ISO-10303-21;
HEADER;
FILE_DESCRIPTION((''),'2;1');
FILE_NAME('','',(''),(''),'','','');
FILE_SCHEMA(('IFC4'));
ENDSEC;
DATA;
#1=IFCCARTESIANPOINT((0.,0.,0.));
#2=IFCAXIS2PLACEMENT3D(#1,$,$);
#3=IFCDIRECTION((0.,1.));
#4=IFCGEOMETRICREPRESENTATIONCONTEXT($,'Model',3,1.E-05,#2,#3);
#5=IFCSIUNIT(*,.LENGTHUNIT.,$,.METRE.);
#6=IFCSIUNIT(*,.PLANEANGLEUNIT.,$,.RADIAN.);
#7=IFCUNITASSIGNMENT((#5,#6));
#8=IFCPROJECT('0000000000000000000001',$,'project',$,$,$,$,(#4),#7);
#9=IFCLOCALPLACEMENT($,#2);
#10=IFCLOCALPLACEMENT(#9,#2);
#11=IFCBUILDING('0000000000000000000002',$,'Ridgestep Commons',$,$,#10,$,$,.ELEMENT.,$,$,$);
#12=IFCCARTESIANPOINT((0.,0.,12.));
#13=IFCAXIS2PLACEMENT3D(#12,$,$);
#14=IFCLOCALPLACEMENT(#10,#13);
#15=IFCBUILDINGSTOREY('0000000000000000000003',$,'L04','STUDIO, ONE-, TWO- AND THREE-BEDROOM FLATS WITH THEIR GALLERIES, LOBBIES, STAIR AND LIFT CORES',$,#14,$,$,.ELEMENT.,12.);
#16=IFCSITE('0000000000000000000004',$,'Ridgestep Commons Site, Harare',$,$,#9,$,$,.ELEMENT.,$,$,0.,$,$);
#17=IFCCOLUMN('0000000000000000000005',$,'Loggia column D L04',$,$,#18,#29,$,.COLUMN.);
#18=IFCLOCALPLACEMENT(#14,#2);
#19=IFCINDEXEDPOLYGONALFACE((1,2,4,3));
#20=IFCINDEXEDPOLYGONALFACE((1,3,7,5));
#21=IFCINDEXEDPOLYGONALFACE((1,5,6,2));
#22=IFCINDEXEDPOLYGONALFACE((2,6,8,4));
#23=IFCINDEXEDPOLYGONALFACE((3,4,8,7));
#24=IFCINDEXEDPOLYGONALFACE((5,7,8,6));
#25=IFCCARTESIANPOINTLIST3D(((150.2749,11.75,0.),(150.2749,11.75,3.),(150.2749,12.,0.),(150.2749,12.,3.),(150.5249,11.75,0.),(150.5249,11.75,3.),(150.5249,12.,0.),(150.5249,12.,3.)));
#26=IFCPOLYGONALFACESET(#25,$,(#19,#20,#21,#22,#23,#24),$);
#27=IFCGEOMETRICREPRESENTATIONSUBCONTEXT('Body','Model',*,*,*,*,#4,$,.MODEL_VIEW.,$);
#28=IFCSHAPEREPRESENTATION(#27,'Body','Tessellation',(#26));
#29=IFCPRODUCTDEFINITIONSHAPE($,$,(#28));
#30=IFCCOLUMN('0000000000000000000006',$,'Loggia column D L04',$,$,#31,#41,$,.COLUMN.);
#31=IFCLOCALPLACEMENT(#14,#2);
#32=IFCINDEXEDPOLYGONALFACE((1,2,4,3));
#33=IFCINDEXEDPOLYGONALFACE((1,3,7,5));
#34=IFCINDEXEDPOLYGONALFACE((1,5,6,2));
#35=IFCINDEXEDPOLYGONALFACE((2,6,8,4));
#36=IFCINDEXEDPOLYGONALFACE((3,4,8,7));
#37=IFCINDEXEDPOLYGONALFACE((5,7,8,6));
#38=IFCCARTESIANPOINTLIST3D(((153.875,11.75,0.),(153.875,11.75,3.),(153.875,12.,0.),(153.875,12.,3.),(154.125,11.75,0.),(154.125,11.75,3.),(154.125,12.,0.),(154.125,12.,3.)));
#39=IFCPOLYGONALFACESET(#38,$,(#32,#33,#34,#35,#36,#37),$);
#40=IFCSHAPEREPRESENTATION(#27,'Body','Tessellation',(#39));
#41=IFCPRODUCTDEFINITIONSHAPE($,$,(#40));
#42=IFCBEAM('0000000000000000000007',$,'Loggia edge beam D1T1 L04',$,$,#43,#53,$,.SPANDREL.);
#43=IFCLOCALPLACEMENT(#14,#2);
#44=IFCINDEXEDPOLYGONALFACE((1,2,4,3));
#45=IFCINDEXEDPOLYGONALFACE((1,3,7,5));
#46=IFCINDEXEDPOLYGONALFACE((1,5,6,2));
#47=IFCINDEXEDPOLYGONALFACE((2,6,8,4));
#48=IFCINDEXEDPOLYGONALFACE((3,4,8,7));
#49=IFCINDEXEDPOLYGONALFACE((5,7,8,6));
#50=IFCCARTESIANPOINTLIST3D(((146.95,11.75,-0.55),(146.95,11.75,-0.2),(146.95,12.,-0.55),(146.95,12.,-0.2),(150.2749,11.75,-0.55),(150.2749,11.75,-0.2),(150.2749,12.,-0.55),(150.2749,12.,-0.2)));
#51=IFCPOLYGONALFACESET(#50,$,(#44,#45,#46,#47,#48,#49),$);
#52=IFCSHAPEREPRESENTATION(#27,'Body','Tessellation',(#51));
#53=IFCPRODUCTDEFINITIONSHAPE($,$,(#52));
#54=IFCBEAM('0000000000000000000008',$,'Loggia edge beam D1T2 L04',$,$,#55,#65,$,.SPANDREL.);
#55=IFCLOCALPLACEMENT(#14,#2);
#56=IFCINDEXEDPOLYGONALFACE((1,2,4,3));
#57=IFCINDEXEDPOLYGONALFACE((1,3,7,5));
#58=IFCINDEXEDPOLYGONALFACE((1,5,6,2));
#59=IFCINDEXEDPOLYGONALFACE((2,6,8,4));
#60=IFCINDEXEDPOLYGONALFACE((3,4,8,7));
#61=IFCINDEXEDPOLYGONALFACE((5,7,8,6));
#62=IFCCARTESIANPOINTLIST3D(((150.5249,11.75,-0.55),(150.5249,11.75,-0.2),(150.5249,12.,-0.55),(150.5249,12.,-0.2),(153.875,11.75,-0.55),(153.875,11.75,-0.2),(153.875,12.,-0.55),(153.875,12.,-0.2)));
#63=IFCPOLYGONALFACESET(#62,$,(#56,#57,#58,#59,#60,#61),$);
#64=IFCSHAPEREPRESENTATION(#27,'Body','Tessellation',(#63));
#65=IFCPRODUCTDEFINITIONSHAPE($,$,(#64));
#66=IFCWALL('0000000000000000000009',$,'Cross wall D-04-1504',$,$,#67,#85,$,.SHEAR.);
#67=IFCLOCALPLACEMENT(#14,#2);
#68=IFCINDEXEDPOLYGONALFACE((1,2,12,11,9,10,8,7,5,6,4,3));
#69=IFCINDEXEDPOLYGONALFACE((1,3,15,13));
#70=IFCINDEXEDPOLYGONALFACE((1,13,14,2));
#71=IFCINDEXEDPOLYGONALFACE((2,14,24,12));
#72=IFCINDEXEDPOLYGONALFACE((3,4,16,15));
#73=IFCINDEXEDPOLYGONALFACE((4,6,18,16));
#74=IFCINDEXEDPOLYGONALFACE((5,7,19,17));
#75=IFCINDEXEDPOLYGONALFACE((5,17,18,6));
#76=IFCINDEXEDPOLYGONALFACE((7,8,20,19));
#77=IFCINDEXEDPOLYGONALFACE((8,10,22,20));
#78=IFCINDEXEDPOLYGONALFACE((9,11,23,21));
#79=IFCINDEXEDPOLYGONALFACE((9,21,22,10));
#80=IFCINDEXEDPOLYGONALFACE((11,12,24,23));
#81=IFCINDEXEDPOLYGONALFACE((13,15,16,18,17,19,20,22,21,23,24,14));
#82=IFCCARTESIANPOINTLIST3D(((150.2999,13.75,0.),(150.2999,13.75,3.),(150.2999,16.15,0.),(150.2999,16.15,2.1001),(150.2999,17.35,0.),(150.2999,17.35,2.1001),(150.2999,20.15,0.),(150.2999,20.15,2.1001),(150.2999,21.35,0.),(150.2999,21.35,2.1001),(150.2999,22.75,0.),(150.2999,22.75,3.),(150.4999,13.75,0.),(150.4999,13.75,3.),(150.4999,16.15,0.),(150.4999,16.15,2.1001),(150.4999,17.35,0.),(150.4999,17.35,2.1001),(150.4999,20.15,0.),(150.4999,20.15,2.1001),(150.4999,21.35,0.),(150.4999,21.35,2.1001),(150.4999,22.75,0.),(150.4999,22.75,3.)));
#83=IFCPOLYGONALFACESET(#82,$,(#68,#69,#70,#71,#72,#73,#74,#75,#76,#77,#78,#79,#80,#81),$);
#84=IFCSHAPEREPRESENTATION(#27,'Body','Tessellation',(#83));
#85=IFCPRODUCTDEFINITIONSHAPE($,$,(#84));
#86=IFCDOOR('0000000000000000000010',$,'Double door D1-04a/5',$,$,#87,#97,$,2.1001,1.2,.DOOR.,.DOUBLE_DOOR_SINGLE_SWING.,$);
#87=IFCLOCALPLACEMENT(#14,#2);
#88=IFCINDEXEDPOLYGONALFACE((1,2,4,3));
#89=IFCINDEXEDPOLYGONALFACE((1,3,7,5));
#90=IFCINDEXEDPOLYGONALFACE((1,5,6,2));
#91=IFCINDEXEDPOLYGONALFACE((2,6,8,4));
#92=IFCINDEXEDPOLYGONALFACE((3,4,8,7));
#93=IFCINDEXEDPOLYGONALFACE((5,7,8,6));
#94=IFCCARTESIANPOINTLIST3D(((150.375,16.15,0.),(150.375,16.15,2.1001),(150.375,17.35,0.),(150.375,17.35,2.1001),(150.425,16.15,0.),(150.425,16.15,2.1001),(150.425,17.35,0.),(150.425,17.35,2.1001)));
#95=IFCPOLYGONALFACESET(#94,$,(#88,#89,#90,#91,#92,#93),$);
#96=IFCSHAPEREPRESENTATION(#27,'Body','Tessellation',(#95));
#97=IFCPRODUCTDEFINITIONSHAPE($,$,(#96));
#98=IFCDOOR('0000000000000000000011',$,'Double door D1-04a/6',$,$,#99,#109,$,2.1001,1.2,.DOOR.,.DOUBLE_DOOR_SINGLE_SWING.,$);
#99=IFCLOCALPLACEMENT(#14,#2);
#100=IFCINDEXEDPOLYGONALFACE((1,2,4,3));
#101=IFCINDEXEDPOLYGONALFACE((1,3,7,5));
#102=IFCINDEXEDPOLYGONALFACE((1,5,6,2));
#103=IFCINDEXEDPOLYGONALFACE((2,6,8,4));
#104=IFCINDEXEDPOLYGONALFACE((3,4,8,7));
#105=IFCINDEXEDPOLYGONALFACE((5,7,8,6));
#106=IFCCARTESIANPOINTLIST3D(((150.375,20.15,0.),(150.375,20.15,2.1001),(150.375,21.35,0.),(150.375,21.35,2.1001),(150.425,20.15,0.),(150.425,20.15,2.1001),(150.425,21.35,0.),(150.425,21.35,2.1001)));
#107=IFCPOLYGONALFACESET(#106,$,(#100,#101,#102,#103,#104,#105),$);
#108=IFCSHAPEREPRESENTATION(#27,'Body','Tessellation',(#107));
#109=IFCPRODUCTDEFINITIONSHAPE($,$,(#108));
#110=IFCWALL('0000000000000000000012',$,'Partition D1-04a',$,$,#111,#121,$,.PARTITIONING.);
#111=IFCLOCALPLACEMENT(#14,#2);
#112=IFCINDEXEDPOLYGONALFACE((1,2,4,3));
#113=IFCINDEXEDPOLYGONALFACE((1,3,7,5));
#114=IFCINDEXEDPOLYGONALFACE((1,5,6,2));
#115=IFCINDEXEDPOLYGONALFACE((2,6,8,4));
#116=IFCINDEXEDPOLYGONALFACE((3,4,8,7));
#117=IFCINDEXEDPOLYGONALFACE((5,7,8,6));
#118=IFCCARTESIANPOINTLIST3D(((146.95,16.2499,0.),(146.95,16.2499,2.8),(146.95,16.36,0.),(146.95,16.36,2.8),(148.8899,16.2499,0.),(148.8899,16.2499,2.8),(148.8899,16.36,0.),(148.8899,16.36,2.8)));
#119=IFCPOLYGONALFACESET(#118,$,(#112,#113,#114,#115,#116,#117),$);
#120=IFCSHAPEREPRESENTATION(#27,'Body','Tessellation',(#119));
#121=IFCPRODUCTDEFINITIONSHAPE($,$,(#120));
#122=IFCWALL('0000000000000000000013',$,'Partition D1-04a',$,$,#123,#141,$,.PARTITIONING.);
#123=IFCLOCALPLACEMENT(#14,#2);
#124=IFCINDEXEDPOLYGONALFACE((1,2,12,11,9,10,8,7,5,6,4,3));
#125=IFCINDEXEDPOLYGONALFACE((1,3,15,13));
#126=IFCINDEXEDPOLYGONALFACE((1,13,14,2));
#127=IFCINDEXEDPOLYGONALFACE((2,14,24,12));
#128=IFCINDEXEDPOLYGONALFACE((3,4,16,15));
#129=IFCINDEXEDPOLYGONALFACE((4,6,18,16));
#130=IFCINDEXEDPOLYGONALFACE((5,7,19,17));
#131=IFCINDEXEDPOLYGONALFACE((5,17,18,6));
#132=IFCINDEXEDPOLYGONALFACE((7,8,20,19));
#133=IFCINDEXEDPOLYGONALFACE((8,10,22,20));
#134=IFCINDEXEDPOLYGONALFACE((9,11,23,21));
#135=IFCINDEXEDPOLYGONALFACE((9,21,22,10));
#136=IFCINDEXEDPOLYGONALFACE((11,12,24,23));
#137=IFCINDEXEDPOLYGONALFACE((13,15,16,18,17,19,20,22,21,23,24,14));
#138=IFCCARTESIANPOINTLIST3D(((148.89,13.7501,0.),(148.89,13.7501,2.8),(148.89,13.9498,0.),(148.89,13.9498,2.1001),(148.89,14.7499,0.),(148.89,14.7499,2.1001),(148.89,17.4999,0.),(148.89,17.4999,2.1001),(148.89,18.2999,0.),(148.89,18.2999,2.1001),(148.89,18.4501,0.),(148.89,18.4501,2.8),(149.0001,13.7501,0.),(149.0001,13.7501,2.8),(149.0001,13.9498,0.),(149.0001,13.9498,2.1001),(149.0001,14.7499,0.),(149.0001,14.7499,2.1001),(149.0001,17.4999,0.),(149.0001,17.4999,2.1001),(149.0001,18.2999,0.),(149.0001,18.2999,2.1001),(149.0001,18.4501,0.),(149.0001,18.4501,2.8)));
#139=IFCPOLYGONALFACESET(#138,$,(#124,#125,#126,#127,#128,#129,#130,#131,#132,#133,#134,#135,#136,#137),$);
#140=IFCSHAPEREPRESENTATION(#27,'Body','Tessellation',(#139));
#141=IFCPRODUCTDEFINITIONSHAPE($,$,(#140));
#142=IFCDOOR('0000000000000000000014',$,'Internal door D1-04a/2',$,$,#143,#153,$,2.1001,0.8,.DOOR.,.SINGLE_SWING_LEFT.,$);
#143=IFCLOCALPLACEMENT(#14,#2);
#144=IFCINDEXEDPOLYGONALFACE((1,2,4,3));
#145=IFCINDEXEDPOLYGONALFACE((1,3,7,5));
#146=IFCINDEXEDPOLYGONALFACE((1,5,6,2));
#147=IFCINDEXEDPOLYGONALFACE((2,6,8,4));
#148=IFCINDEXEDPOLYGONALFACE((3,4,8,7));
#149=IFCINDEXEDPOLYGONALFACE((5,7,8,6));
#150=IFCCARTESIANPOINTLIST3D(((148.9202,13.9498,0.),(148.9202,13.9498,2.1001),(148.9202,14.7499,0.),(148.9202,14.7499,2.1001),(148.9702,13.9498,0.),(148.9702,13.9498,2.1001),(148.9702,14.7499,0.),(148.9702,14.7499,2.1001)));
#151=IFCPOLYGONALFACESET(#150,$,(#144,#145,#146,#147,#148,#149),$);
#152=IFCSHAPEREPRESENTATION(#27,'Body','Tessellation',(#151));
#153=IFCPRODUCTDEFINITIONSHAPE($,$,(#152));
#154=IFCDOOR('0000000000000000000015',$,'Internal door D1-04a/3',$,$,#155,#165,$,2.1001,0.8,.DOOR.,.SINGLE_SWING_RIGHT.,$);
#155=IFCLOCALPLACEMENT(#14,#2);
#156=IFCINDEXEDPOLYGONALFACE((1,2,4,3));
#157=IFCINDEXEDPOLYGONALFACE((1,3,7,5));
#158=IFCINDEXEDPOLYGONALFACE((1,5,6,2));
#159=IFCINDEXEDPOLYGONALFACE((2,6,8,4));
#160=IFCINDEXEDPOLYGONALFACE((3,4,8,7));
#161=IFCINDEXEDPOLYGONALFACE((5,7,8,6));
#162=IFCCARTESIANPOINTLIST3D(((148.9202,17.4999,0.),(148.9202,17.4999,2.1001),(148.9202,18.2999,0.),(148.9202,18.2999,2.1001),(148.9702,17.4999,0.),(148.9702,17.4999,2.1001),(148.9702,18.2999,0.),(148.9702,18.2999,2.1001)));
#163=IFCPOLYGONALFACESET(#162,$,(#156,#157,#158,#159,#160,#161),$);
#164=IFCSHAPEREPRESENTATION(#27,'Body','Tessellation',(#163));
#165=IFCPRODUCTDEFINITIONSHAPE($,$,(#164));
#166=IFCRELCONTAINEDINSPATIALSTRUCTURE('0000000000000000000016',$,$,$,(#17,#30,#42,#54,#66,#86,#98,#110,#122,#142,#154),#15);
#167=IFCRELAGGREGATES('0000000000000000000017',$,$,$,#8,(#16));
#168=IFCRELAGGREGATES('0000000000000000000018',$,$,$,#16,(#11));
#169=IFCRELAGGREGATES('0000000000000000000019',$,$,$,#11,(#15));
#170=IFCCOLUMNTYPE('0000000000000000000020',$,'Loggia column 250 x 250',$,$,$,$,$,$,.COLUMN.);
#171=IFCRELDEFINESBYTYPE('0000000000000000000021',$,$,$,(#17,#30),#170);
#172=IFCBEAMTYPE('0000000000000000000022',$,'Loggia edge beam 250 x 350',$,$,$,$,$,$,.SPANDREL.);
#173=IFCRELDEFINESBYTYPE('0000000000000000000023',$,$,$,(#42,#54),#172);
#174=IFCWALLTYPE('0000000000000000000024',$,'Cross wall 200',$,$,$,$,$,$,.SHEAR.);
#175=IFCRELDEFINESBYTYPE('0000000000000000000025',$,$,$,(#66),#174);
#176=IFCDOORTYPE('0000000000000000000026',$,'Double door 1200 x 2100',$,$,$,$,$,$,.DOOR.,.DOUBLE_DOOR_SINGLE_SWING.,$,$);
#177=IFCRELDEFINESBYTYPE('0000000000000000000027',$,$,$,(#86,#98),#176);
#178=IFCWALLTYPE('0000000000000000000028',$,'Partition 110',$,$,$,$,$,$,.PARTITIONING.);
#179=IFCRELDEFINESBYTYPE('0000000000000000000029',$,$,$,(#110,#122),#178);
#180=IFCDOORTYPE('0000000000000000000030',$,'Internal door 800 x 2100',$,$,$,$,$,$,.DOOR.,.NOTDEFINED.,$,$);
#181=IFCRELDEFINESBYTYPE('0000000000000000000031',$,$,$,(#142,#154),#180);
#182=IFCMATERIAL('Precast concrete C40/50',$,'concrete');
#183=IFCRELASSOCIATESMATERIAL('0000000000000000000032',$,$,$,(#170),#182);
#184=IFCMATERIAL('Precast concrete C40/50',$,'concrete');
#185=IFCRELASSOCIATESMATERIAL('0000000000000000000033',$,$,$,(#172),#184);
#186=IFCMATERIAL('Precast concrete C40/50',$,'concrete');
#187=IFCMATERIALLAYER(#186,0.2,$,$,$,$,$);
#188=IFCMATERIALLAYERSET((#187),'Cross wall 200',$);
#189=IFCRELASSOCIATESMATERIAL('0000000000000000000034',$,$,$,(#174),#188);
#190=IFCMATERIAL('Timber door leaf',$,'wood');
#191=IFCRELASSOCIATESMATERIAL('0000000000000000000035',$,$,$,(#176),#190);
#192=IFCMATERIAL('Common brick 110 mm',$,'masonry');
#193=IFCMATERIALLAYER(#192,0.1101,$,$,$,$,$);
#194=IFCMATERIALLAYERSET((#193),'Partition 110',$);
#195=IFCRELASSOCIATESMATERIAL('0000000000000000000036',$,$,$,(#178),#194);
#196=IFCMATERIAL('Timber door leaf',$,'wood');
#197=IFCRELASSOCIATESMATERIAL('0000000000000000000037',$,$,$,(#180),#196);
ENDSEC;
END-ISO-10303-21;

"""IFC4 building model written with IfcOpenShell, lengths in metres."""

from ifc_helpers import new_model, si_unit, direction, frame, frame_2d, origin, origin_2d, place, context, subcontext, project, spatial, rectangle, extrude, material, layer, layer_set, material_profile, profile_set, type_object, element, fill, save


model = new_model("IFC4")

# Units and contexts
model_context = context("Model", 3, precision=1e-05, world=origin(), true_north=direction((0.0, 1.0)))
body_context = subcontext(model_context, "Body", "Model", "MODEL_VIEW")
ifc_project = project(units=[si_unit("LENGTHUNIT", "METRE"), si_unit("PLANEANGLEUNIT", "RADIAN")], contexts=[model_context])

# Site, building, storey
site_placement = place(None, origin())
site = spatial("IfcSite", under=ifc_project, at=site_placement, Name="Ridgestep Commons Site, Harare", CompositionType="ELEMENT", RefElevation=0.0)
building_placement = place(site_placement, origin())
building = spatial("IfcBuilding", under=site, at=building_placement, Name="Ridgestep Commons", CompositionType="ELEMENT")
storey_placement = place(building_placement, frame((0.0, 0.0, 12.0)))
storey = spatial("IfcBuildingStorey", under=building, at=storey_placement, Name="L04", Description="STUDIO, ONE-, TWO- AND THREE-BEDROOM FLATS WITH THEIR GALLERIES, LOBBIES, STAIR AND LIFT CORES", CompositionType="ELEMENT", Elevation=12.0)

# Columns
ifc_material_1 = material(Name="Precast concrete C40/50", Category="concrete")
ifc_material_profile_1 = material_profile(ifc_material_1, rectangle(XDim=0.25, YDim=0.25, at=origin_2d()), Name="PC 250x250")
ifc_profile_set_1 = profile_set([ifc_material_profile_1], Name="Precast concrete C40/50")
column_type = type_object("IfcColumnType", Name="Loggia column 250 x 250", PredefinedType="COLUMN", material=ifc_profile_set_1)
for number, where, z_axis, x_axis, name in (
    (1, (150.3999, 11.875, 0.0), (0.0, 0.0, 1.0), (1.0, 0.0, 0.0), "Loggia column D L04"),
    (2, (154.0, 11.875, 0.0), (0.0, 0.0, 1.0), (1.0, 0.0, 0.0), "Loggia column D L04"),
):
    element("IfcColumn", number, at=place(storey_placement, frame(where, z_axis=z_axis, x_axis=x_axis)), inside=storey, type_object=column_type, Name=name, PredefinedType="COLUMN", context=body_context, shape_type="SweptSolid", body=[
        extrude(rectangle(XDim=0.25, YDim=0.25, at=origin_2d()), origin(), (0.0, 0.0, 1.0), 3.0),
    ])

# Beams
ifc_material_2 = material(Name="Precast concrete C40/50", Category="concrete")
ifc_material_profile_2 = material_profile(ifc_material_2, rectangle(XDim=0.25, YDim=0.3501, at=origin_2d()), Name="PC 250x350")
ifc_profile_set_2 = profile_set([ifc_material_profile_2], Name="Precast concrete C40/50")
beam_type = type_object("IfcBeamType", Name="Loggia edge beam 250 x 350", PredefinedType="SPANDREL", material=ifc_profile_set_2)
beam_1_placement = place(storey_placement, frame((146.95, 11.875, -0.375), z_axis=(1.0, 0.0, 0.0), x_axis=(0.0, 1.0, 0.0)))
element("IfcBeam", 3, at=beam_1_placement, inside=storey, type_object=beam_type, Name="Loggia edge beam D1T1 L04", PredefinedType="SPANDREL", context=body_context, shape_type="SweptSolid", body=[
    extrude(rectangle(XDim=0.25, YDim=0.3501, at=origin_2d()), origin(), (0.0, 0.0, 1.0), 3.325),
])
beam_2_placement = place(storey_placement, frame((150.5249, 11.875, -0.375), z_axis=(1.0, 0.0, 0.0), x_axis=(0.0, 1.0, 0.0)))
element("IfcBeam", 4, at=beam_2_placement, inside=storey, type_object=beam_type, Name="Loggia edge beam D1T2 L04", PredefinedType="SPANDREL", context=body_context, shape_type="SweptSolid", body=[
    extrude(rectangle(XDim=0.25, YDim=0.3501, at=origin_2d()), origin(), (0.0, 0.0, 1.0), 3.3501),
])

# Wall, openings, doors
ifc_material_3 = material(Name="Precast concrete C40/50", Category="concrete")
ifc_layer_1 = layer(ifc_material_3, 0.2)
ifc_layer_set_1 = layer_set([ifc_layer_1], Name="Cross wall 200")
wall_type_1 = type_object("IfcWallType", Name="Cross wall 200", PredefinedType="SHEAR", material=ifc_layer_set_1)
wall_1_placement = place(storey_placement, frame((150.3999, 13.75, 0.0), z_axis=(0.0, 0.0, 1.0), x_axis=(0.0, 1.0, 0.0)))
wall_1 = element("IfcWall", 5, at=wall_1_placement, inside=storey, type_object=wall_type_1, Name="Cross wall D-04-1504", PredefinedType="SHEAR", context=body_context, shape_type="SweptSolid", body=[
    extrude(rectangle(XDim=9.0, YDim=0.2, at=frame_2d((4.5, 0.0))), origin(), (0.0, 0.0, 1.0), 3.0),
])
opening_1_placement = place(wall_1_placement, frame((2.3999, 0.0, 0.0)))
opening_1 = element("IfcOpeningElement", 6, at=opening_1_placement, cuts=wall_1, PredefinedType="OPENING", context=body_context, shape_type="SweptSolid", body=[
    extrude(rectangle(XDim=1.2, YDim=2.1001, at=frame_2d((0.6001, 1.05))), frame((0.0, 0.1099, 0.0), z_axis=(0.0, -1.0, 0.0), x_axis=(1.0, 0.0, 0.0)), (0.0, 0.0, 1.0), 0.22),
])
opening_2_placement = place(wall_1_placement, frame((6.3999, 0.0, 0.0)))
opening_2 = element("IfcOpeningElement", 7, at=opening_2_placement, cuts=wall_1, PredefinedType="OPENING", context=body_context, shape_type="SweptSolid", body=[
    extrude(rectangle(XDim=1.2, YDim=2.1001, at=frame_2d((0.6001, 1.05))), frame((0.0, 0.1099, 0.0), z_axis=(0.0, -1.0, 0.0), x_axis=(1.0, 0.0, 0.0)), (0.0, 0.0, 1.0), 0.22),
])
ifc_material_4 = material(Name="Timber door leaf", Category="wood")
door_type_1 = type_object("IfcDoorType", Name="Double door 1200 x 2100", OperationType="DOUBLE_DOOR_SINGLE_SWING", PredefinedType="DOOR", material=ifc_material_4)
door_1_placement = place(opening_1_placement, origin())
door_1 = element("IfcDoor", 8, at=door_1_placement, inside=storey, type_object=door_type_1, Name="Double door D1-04a/5", OperationType="DOUBLE_DOOR_SINGLE_SWING", OverallHeight=2.1001, OverallWidth=1.2, PredefinedType="DOOR", context=body_context, shape_type="SweptSolid", body=[
    extrude(rectangle(XDim=1.2, YDim=2.1001, at=frame_2d((0.6001, 1.05))), frame((0.0, 0.0249, 0.0), z_axis=(0.0, -1.0, 0.0), x_axis=(1.0, 0.0, 0.0)), (0.0, 0.0, 1.0), 0.05),
])
fill(opening_1, door_1)
door_2_placement = place(opening_2_placement, origin())
door_2 = element("IfcDoor", 9, at=door_2_placement, inside=storey, type_object=door_type_1, Name="Double door D1-04a/6", OperationType="DOUBLE_DOOR_SINGLE_SWING", OverallHeight=2.1001, OverallWidth=1.2, PredefinedType="DOOR", context=body_context, shape_type="SweptSolid", body=[
    extrude(rectangle(XDim=1.2, YDim=2.1001, at=frame_2d((0.6001, 1.05))), frame((0.0, 0.0249, 0.0), z_axis=(0.0, -1.0, 0.0), x_axis=(1.0, 0.0, 0.0)), (0.0, 0.0, 1.0), 0.05),
])
fill(opening_2, door_2)

# Wall
ifc_material_5 = material(Name="Common brick 110 mm", Category="masonry")
ifc_layer_2 = layer(ifc_material_5, 0.1101)
ifc_layer_set_2 = layer_set([ifc_layer_2], Name="Partition 110")
wall_type_2 = type_object("IfcWallType", Name="Partition 110", PredefinedType="PARTITIONING", material=ifc_layer_set_2)
wall_2_placement = place(storey_placement, frame((146.95, 16.3049, 0.0), z_axis=(0.0, 0.0, 1.0), x_axis=(1.0, 0.0, 0.0)))
element("IfcWall", 10, at=wall_2_placement, inside=storey, type_object=wall_type_2, Name="Partition D1-04a", PredefinedType="PARTITIONING", context=body_context, shape_type="SweptSolid", body=[
    extrude(rectangle(XDim=1.9399, YDim=0.1101, at=frame_2d((0.97, 0.0))), origin(), (0.0, 0.0, 1.0), 2.8),
])

# Wall, openings, doors
wall_3_placement = place(storey_placement, frame((148.9451, 13.75, 0.0), z_axis=(0.0, 0.0, 1.0), x_axis=(0.0, 1.0, 0.0)))
wall_3 = element("IfcWall", 11, at=wall_3_placement, inside=storey, type_object=wall_type_2, Name="Partition D1-04a", PredefinedType="PARTITIONING", context=body_context, shape_type="SweptSolid", body=[
    extrude(rectangle(XDim=4.7, YDim=0.1101, at=frame_2d((2.3501, 0.0))), origin(), (0.0, 0.0, 1.0), 2.8),
])
opening_3_placement = place(wall_3_placement, frame((0.2, 0.0, 0.0)))
opening_3 = element("IfcOpeningElement", 12, at=opening_3_placement, cuts=wall_3, PredefinedType="OPENING", context=body_context, shape_type="SweptSolid", body=[
    extrude(rectangle(XDim=0.8, YDim=2.1001, at=frame_2d((0.3999, 1.05))), frame((0.0, 0.0649, 0.0), z_axis=(0.0, -1.0, 0.0), x_axis=(1.0, 0.0, 0.0)), (0.0, 0.0, 1.0), 0.1301),
])
opening_4_placement = place(wall_3_placement, frame((3.75, 0.0, 0.0)))
opening_4 = element("IfcOpeningElement", 13, at=opening_4_placement, cuts=wall_3, PredefinedType="OPENING", context=body_context, shape_type="SweptSolid", body=[
    extrude(rectangle(XDim=0.8, YDim=2.1001, at=frame_2d((0.3999, 1.05))), frame((0.0, 0.0649, 0.0), z_axis=(0.0, -1.0, 0.0), x_axis=(1.0, 0.0, 0.0)), (0.0, 0.0, 1.0), 0.1301),
])
ifc_material_6 = material(Name="Timber door leaf", Category="wood")
door_type_2 = type_object("IfcDoorType", Name="Internal door 800 x 2100", OperationType="NOTDEFINED", PredefinedType="DOOR", material=ifc_material_6)
door_3_placement = place(opening_3_placement, origin())
door_3 = element("IfcDoor", 14, at=door_3_placement, inside=storey, type_object=door_type_2, Name="Internal door D1-04a/2", OperationType="SINGLE_SWING_LEFT", OverallHeight=2.1001, OverallWidth=0.8, PredefinedType="DOOR", context=body_context, shape_type="SweptSolid", body=[
    extrude(rectangle(XDim=0.8, YDim=2.1001, at=frame_2d((0.3999, 1.05))), frame((0.0, 0.0249, 0.0), z_axis=(0.0, -1.0, 0.0), x_axis=(1.0, 0.0, 0.0)), (0.0, 0.0, 1.0), 0.05),
])
fill(opening_3, door_3)
door_4_placement = place(opening_4_placement, origin())
door_4 = element("IfcDoor", 15, at=door_4_placement, inside=storey, type_object=door_type_2, Name="Internal door D1-04a/3", OperationType="SINGLE_SWING_RIGHT", OverallHeight=2.1001, OverallWidth=0.8, PredefinedType="DOOR", context=body_context, shape_type="SweptSolid", body=[
    extrude(rectangle(XDim=0.8, YDim=2.1001, at=frame_2d((0.3999, 1.05))), frame((0.0, 0.0249, 0.0), z_axis=(0.0, -1.0, 0.0), x_axis=(1.0, 0.0, 0.0)), (0.0, 0.0, 1.0), 0.05),
])
fill(opening_4, door_4)

save(model, "model.ifc")
